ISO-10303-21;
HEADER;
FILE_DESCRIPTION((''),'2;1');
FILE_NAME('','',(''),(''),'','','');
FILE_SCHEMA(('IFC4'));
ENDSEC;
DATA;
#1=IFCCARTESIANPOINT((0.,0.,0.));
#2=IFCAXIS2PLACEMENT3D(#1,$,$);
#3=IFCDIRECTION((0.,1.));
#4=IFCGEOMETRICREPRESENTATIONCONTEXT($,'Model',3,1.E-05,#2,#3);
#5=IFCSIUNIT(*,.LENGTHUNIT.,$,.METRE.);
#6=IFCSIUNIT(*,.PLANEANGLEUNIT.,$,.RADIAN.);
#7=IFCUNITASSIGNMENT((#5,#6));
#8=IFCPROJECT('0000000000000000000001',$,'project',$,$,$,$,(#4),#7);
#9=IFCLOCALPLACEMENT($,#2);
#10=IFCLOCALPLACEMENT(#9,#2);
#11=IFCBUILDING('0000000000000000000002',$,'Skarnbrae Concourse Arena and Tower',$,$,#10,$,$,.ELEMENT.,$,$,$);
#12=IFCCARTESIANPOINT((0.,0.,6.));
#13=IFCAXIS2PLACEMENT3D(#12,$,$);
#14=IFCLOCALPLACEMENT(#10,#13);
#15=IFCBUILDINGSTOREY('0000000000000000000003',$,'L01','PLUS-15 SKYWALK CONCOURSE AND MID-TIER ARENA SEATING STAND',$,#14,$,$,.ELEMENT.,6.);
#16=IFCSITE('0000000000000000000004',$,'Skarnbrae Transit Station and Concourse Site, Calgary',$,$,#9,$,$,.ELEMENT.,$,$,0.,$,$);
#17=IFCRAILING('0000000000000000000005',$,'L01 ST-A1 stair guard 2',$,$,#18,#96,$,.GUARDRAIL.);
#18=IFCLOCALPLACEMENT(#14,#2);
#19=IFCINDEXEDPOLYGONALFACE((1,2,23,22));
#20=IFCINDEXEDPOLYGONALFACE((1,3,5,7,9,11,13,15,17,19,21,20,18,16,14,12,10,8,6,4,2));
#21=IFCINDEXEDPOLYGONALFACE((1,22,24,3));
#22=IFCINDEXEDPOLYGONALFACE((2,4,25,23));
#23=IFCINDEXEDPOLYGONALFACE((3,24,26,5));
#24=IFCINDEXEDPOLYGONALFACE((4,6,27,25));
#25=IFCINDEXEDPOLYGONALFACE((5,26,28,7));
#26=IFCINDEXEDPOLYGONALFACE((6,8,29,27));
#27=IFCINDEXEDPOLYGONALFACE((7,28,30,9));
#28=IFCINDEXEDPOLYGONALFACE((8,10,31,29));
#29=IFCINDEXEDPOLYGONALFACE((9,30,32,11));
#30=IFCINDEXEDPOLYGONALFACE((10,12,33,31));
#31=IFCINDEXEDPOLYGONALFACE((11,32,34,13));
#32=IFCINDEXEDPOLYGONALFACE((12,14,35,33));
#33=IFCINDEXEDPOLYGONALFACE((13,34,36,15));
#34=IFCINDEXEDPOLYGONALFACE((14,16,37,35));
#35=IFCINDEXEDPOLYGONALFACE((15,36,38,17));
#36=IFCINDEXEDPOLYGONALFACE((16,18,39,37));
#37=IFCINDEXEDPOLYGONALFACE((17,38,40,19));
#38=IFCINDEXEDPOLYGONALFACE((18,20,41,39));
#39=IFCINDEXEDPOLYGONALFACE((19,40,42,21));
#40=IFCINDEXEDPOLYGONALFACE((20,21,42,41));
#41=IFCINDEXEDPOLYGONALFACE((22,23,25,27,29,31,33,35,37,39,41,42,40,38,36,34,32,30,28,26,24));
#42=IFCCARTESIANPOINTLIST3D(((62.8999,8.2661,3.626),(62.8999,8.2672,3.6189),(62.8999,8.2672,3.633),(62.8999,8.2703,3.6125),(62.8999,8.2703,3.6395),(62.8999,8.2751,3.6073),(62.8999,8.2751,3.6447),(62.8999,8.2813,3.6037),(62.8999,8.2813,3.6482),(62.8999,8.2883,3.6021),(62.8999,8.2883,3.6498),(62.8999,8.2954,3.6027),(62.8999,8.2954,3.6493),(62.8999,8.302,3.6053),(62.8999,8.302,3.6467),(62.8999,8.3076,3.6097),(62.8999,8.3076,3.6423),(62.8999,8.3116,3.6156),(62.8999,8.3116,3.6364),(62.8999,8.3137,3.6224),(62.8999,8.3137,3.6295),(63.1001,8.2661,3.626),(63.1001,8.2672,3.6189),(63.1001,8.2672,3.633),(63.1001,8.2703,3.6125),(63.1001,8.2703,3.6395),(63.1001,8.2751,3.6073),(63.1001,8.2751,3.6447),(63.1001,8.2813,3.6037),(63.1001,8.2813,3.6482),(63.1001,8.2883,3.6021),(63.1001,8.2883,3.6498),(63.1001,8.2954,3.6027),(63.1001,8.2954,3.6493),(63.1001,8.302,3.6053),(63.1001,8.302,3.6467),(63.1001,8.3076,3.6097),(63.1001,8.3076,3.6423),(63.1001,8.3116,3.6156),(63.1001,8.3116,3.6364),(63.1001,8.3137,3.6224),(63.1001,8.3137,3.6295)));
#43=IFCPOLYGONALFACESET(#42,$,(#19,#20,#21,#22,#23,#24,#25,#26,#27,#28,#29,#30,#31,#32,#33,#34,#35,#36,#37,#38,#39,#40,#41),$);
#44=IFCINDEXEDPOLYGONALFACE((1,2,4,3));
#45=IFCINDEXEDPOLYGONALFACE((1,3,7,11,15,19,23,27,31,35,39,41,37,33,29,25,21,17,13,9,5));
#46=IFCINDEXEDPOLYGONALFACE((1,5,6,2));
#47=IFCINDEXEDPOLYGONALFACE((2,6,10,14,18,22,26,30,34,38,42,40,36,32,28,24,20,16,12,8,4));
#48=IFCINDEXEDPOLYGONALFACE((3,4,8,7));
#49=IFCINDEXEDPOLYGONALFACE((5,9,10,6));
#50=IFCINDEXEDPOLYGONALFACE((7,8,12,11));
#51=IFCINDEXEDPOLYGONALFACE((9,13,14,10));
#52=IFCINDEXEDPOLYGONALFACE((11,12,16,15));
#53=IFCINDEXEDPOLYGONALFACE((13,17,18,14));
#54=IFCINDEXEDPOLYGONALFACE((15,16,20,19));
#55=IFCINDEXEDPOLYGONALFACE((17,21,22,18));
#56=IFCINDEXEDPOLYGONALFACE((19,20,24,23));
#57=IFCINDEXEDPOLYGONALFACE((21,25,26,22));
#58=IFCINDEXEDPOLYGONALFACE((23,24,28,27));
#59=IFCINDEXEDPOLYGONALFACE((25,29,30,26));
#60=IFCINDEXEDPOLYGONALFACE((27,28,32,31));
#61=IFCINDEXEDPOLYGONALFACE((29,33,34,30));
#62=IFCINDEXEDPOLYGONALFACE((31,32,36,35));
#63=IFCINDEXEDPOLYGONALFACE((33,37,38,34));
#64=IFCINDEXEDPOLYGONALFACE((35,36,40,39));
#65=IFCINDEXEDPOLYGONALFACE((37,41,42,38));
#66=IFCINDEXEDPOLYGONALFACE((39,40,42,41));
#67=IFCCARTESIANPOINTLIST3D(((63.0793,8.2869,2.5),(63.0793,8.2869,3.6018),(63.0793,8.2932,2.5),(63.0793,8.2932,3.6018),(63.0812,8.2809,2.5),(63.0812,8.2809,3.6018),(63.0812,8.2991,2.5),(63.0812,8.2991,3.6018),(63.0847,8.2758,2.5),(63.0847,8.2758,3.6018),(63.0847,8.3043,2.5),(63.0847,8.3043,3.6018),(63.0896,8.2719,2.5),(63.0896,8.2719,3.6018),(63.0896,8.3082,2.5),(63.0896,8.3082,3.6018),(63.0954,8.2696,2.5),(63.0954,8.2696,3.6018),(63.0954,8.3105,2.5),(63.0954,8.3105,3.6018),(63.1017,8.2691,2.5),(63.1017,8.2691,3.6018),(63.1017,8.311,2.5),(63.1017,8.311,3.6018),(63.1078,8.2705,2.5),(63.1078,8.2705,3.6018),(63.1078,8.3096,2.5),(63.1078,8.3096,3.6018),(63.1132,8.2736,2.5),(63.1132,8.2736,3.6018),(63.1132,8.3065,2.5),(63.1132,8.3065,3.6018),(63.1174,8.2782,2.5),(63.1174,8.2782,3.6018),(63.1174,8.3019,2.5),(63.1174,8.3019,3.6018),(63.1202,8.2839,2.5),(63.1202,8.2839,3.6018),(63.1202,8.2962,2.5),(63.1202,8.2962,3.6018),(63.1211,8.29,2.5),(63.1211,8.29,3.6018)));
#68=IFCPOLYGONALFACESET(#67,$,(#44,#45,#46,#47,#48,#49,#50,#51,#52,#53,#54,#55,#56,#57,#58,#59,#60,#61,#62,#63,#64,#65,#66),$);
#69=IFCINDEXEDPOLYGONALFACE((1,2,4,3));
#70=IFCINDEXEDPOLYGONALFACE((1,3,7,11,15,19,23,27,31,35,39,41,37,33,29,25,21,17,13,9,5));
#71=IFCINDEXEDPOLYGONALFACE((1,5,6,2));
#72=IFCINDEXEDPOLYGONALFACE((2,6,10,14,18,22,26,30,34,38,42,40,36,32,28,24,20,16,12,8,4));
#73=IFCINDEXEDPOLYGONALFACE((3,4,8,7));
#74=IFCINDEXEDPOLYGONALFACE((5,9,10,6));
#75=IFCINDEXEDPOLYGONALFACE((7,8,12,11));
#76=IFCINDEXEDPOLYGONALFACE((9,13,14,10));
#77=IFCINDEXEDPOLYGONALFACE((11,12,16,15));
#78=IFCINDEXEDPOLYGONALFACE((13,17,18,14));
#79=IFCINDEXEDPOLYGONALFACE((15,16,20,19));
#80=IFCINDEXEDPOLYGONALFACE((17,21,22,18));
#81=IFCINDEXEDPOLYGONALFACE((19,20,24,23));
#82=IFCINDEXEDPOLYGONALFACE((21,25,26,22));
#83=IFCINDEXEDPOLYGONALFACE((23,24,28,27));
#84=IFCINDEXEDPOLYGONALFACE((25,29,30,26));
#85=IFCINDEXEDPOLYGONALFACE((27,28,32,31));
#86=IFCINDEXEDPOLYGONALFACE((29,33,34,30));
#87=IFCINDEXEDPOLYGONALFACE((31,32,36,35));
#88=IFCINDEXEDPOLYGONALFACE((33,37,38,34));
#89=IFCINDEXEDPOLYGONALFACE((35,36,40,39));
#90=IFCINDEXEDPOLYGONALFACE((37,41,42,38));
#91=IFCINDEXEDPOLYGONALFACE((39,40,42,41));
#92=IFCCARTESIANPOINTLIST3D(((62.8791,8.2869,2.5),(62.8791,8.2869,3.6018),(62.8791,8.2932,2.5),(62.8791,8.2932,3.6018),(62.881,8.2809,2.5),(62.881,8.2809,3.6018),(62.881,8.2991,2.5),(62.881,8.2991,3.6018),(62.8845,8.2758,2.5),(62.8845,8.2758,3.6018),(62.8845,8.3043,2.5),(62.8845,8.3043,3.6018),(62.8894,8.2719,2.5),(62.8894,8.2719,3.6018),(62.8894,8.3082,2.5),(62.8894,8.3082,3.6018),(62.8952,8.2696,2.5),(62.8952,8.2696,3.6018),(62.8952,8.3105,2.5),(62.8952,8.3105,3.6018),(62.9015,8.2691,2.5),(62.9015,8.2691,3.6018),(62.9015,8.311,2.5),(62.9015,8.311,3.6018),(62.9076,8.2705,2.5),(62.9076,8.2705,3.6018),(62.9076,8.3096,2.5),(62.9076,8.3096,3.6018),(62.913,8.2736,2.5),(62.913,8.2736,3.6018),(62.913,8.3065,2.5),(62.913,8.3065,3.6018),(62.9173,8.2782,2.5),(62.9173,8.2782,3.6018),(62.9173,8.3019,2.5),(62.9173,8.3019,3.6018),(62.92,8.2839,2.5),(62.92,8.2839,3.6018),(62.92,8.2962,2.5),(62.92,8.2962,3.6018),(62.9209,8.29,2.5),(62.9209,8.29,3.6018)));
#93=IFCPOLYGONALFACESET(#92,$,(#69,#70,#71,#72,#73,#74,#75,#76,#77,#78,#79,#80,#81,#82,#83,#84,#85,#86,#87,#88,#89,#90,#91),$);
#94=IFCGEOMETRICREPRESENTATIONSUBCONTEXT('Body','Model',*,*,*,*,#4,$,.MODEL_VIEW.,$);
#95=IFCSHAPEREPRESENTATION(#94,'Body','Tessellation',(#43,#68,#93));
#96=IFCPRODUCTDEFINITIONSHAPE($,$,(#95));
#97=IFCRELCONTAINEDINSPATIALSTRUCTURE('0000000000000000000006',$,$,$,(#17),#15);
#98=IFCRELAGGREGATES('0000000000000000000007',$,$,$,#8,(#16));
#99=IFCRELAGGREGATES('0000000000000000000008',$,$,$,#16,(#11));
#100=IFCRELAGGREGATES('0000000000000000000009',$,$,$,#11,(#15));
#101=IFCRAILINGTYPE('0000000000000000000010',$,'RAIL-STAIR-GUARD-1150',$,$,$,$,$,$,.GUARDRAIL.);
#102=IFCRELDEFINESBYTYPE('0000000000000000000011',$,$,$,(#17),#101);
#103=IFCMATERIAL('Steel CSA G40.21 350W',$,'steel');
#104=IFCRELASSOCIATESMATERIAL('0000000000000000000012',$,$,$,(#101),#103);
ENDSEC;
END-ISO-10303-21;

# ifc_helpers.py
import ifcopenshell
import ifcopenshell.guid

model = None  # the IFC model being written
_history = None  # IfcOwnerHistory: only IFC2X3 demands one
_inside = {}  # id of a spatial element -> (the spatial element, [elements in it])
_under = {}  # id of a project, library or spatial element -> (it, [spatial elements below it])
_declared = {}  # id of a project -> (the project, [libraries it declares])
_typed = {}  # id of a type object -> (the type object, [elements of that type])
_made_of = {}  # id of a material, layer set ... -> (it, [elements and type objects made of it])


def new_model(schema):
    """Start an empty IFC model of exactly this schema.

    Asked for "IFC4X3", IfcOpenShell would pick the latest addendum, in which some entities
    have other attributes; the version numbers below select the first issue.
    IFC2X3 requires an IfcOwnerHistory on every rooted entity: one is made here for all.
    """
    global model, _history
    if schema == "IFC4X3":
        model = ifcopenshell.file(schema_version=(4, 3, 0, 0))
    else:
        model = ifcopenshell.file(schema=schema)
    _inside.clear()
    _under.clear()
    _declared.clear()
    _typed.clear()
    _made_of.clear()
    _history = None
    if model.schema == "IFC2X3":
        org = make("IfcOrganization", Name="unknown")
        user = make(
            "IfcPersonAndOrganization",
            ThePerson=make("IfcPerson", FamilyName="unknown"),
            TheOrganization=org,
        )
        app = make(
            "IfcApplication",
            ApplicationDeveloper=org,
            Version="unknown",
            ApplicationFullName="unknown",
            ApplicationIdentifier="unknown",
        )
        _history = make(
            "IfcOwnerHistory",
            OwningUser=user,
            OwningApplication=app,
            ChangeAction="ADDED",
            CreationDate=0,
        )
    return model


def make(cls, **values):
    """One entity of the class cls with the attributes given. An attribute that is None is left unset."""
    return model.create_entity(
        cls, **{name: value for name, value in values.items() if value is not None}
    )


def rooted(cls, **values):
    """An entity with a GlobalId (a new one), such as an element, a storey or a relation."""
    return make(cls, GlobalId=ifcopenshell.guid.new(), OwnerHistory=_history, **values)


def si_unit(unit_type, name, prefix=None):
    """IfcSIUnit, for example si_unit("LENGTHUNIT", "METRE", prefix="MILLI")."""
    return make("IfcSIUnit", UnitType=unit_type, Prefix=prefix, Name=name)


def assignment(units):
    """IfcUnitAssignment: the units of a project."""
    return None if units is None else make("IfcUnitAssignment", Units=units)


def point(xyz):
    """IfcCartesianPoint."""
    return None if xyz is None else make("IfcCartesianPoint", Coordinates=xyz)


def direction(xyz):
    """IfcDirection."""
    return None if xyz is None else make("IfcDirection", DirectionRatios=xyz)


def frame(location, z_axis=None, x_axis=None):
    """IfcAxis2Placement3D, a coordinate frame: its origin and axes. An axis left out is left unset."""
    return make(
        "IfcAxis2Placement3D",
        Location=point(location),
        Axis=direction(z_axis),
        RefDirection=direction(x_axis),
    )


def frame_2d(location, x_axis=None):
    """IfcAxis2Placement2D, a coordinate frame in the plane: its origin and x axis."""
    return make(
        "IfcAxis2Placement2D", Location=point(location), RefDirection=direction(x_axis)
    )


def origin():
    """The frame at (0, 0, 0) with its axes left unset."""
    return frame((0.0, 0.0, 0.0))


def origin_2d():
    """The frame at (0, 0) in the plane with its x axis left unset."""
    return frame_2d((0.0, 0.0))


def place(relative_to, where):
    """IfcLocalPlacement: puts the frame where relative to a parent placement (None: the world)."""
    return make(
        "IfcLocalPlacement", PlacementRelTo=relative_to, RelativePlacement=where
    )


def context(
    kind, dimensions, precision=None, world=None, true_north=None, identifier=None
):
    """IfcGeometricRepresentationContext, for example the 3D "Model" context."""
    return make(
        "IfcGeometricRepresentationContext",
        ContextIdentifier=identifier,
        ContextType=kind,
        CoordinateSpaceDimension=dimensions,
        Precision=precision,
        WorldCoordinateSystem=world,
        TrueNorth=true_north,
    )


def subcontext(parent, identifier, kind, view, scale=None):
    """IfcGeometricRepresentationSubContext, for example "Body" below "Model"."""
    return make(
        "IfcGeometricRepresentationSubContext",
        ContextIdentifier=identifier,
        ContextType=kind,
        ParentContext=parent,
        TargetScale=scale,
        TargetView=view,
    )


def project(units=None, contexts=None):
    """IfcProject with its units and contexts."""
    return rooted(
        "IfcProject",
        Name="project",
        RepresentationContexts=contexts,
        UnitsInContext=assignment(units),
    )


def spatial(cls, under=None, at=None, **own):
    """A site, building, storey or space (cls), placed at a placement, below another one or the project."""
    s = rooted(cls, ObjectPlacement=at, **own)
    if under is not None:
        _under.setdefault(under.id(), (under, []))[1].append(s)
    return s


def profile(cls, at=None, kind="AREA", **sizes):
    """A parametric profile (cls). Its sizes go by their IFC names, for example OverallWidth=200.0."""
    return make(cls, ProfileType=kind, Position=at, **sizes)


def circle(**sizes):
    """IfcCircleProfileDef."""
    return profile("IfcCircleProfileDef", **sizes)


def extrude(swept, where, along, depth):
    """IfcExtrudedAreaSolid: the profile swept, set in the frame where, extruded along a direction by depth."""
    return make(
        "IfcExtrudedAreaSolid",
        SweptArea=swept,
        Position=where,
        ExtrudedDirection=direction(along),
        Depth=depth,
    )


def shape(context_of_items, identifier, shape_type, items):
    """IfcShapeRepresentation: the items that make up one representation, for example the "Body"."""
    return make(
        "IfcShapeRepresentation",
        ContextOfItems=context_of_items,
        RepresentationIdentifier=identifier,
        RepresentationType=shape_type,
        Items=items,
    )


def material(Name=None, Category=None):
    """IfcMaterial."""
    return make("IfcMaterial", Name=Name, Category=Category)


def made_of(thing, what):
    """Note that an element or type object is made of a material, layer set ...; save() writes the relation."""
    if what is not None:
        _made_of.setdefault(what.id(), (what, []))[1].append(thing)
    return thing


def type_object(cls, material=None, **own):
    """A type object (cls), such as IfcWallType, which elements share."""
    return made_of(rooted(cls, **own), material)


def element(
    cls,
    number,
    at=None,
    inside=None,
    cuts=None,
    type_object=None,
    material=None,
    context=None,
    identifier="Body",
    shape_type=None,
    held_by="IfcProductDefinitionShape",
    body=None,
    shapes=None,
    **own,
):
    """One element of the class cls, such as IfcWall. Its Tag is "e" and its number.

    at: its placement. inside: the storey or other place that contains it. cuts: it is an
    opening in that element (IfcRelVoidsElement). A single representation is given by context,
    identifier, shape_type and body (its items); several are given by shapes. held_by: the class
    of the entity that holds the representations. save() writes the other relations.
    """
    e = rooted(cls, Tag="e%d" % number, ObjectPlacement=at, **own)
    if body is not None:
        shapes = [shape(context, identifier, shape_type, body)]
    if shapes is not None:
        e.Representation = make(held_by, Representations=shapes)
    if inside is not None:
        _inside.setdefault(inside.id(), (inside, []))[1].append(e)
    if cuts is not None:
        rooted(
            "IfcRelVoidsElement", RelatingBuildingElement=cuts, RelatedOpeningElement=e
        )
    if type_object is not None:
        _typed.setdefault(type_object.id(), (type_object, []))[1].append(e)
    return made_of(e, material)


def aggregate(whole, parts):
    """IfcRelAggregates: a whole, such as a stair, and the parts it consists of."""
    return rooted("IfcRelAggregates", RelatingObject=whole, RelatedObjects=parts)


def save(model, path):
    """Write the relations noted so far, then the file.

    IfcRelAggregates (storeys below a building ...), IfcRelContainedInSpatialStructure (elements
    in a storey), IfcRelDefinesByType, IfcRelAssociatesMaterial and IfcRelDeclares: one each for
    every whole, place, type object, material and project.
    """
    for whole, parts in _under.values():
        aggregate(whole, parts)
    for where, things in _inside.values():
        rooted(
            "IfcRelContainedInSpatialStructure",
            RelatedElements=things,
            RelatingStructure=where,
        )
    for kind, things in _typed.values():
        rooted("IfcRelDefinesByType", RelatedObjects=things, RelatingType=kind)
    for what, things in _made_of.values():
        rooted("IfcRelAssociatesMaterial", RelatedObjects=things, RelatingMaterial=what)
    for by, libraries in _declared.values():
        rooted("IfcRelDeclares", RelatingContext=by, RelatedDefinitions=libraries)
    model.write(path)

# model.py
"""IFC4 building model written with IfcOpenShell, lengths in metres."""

from ifc_helpers import new_model, si_unit, direction, frame, origin, origin_2d, place, context, subcontext, project, spatial, circle, extrude, material, type_object, element, save


model = new_model("IFC4")

# Units and contexts
model_context = context("Model", 3, precision=1e-05, world=origin(), true_north=direction((0.0, 1.0)))
body_context = subcontext(model_context, "Body", "Model", "MODEL_VIEW")
ifc_project = project(units=[si_unit("LENGTHUNIT", "METRE"), si_unit("PLANEANGLEUNIT", "RADIAN")], contexts=[model_context])

# Site, building, storey
site_placement = place(None, origin())
site = spatial("IfcSite", under=ifc_project, at=site_placement, Name="Skarnbrae Transit Station and Concourse Site, Calgary", CompositionType="ELEMENT", RefElevation=0.0)
building_placement = place(site_placement, origin())
building = spatial("IfcBuilding", under=site, at=building_placement, Name="Skarnbrae Concourse Arena and Tower", CompositionType="ELEMENT")
storey_placement = place(building_placement, frame((0.0, 0.0, 6.0)))
storey = spatial("IfcBuildingStorey", under=building, at=storey_placement, Name="L01", Description="PLUS-15 SKYWALK CONCOURSE AND MID-TIER ARENA SEATING STAND", CompositionType="ELEMENT", Elevation=6.0)

# Shared definitions
ifc_material_1 = material(Name="Steel CSA G40.21 350W", Category="steel")

# Railing
railing_type_1 = type_object("IfcRailingType", Name="RAIL-STAIR-GUARD-1150", PredefinedType="GUARDRAIL", material=ifc_material_1)
railing_1_placement = place(storey_placement, frame((63.1001, 8.29, 2.5)))
element("IfcRailing", 1, at=railing_1_placement, inside=storey, type_object=railing_type_1, Name="L01 ST-A1 stair guard 2", PredefinedType="GUARDRAIL", context=body_context, shape_type="SweptSolid", body=[
    extrude(circle(Radius=0.0239, at=origin_2d()), frame((0.0, 0.0, 1.126), z_axis=(-1.0, 0.0, 0.0), x_axis=(0.0, -1.0, 0.0)), (0.0, 0.0, 1.0), 0.2002),
    extrude(circle(Radius=0.021, at=origin_2d()), origin(), (0.0, 0.0, 1.0), 1.1018),
    extrude(circle(Radius=0.021, at=origin_2d()), frame((-0.2002, 0.0, 0.0)), (0.0, 0.0, 1.0), 1.1018),
])

save(model, "model.ifc")
